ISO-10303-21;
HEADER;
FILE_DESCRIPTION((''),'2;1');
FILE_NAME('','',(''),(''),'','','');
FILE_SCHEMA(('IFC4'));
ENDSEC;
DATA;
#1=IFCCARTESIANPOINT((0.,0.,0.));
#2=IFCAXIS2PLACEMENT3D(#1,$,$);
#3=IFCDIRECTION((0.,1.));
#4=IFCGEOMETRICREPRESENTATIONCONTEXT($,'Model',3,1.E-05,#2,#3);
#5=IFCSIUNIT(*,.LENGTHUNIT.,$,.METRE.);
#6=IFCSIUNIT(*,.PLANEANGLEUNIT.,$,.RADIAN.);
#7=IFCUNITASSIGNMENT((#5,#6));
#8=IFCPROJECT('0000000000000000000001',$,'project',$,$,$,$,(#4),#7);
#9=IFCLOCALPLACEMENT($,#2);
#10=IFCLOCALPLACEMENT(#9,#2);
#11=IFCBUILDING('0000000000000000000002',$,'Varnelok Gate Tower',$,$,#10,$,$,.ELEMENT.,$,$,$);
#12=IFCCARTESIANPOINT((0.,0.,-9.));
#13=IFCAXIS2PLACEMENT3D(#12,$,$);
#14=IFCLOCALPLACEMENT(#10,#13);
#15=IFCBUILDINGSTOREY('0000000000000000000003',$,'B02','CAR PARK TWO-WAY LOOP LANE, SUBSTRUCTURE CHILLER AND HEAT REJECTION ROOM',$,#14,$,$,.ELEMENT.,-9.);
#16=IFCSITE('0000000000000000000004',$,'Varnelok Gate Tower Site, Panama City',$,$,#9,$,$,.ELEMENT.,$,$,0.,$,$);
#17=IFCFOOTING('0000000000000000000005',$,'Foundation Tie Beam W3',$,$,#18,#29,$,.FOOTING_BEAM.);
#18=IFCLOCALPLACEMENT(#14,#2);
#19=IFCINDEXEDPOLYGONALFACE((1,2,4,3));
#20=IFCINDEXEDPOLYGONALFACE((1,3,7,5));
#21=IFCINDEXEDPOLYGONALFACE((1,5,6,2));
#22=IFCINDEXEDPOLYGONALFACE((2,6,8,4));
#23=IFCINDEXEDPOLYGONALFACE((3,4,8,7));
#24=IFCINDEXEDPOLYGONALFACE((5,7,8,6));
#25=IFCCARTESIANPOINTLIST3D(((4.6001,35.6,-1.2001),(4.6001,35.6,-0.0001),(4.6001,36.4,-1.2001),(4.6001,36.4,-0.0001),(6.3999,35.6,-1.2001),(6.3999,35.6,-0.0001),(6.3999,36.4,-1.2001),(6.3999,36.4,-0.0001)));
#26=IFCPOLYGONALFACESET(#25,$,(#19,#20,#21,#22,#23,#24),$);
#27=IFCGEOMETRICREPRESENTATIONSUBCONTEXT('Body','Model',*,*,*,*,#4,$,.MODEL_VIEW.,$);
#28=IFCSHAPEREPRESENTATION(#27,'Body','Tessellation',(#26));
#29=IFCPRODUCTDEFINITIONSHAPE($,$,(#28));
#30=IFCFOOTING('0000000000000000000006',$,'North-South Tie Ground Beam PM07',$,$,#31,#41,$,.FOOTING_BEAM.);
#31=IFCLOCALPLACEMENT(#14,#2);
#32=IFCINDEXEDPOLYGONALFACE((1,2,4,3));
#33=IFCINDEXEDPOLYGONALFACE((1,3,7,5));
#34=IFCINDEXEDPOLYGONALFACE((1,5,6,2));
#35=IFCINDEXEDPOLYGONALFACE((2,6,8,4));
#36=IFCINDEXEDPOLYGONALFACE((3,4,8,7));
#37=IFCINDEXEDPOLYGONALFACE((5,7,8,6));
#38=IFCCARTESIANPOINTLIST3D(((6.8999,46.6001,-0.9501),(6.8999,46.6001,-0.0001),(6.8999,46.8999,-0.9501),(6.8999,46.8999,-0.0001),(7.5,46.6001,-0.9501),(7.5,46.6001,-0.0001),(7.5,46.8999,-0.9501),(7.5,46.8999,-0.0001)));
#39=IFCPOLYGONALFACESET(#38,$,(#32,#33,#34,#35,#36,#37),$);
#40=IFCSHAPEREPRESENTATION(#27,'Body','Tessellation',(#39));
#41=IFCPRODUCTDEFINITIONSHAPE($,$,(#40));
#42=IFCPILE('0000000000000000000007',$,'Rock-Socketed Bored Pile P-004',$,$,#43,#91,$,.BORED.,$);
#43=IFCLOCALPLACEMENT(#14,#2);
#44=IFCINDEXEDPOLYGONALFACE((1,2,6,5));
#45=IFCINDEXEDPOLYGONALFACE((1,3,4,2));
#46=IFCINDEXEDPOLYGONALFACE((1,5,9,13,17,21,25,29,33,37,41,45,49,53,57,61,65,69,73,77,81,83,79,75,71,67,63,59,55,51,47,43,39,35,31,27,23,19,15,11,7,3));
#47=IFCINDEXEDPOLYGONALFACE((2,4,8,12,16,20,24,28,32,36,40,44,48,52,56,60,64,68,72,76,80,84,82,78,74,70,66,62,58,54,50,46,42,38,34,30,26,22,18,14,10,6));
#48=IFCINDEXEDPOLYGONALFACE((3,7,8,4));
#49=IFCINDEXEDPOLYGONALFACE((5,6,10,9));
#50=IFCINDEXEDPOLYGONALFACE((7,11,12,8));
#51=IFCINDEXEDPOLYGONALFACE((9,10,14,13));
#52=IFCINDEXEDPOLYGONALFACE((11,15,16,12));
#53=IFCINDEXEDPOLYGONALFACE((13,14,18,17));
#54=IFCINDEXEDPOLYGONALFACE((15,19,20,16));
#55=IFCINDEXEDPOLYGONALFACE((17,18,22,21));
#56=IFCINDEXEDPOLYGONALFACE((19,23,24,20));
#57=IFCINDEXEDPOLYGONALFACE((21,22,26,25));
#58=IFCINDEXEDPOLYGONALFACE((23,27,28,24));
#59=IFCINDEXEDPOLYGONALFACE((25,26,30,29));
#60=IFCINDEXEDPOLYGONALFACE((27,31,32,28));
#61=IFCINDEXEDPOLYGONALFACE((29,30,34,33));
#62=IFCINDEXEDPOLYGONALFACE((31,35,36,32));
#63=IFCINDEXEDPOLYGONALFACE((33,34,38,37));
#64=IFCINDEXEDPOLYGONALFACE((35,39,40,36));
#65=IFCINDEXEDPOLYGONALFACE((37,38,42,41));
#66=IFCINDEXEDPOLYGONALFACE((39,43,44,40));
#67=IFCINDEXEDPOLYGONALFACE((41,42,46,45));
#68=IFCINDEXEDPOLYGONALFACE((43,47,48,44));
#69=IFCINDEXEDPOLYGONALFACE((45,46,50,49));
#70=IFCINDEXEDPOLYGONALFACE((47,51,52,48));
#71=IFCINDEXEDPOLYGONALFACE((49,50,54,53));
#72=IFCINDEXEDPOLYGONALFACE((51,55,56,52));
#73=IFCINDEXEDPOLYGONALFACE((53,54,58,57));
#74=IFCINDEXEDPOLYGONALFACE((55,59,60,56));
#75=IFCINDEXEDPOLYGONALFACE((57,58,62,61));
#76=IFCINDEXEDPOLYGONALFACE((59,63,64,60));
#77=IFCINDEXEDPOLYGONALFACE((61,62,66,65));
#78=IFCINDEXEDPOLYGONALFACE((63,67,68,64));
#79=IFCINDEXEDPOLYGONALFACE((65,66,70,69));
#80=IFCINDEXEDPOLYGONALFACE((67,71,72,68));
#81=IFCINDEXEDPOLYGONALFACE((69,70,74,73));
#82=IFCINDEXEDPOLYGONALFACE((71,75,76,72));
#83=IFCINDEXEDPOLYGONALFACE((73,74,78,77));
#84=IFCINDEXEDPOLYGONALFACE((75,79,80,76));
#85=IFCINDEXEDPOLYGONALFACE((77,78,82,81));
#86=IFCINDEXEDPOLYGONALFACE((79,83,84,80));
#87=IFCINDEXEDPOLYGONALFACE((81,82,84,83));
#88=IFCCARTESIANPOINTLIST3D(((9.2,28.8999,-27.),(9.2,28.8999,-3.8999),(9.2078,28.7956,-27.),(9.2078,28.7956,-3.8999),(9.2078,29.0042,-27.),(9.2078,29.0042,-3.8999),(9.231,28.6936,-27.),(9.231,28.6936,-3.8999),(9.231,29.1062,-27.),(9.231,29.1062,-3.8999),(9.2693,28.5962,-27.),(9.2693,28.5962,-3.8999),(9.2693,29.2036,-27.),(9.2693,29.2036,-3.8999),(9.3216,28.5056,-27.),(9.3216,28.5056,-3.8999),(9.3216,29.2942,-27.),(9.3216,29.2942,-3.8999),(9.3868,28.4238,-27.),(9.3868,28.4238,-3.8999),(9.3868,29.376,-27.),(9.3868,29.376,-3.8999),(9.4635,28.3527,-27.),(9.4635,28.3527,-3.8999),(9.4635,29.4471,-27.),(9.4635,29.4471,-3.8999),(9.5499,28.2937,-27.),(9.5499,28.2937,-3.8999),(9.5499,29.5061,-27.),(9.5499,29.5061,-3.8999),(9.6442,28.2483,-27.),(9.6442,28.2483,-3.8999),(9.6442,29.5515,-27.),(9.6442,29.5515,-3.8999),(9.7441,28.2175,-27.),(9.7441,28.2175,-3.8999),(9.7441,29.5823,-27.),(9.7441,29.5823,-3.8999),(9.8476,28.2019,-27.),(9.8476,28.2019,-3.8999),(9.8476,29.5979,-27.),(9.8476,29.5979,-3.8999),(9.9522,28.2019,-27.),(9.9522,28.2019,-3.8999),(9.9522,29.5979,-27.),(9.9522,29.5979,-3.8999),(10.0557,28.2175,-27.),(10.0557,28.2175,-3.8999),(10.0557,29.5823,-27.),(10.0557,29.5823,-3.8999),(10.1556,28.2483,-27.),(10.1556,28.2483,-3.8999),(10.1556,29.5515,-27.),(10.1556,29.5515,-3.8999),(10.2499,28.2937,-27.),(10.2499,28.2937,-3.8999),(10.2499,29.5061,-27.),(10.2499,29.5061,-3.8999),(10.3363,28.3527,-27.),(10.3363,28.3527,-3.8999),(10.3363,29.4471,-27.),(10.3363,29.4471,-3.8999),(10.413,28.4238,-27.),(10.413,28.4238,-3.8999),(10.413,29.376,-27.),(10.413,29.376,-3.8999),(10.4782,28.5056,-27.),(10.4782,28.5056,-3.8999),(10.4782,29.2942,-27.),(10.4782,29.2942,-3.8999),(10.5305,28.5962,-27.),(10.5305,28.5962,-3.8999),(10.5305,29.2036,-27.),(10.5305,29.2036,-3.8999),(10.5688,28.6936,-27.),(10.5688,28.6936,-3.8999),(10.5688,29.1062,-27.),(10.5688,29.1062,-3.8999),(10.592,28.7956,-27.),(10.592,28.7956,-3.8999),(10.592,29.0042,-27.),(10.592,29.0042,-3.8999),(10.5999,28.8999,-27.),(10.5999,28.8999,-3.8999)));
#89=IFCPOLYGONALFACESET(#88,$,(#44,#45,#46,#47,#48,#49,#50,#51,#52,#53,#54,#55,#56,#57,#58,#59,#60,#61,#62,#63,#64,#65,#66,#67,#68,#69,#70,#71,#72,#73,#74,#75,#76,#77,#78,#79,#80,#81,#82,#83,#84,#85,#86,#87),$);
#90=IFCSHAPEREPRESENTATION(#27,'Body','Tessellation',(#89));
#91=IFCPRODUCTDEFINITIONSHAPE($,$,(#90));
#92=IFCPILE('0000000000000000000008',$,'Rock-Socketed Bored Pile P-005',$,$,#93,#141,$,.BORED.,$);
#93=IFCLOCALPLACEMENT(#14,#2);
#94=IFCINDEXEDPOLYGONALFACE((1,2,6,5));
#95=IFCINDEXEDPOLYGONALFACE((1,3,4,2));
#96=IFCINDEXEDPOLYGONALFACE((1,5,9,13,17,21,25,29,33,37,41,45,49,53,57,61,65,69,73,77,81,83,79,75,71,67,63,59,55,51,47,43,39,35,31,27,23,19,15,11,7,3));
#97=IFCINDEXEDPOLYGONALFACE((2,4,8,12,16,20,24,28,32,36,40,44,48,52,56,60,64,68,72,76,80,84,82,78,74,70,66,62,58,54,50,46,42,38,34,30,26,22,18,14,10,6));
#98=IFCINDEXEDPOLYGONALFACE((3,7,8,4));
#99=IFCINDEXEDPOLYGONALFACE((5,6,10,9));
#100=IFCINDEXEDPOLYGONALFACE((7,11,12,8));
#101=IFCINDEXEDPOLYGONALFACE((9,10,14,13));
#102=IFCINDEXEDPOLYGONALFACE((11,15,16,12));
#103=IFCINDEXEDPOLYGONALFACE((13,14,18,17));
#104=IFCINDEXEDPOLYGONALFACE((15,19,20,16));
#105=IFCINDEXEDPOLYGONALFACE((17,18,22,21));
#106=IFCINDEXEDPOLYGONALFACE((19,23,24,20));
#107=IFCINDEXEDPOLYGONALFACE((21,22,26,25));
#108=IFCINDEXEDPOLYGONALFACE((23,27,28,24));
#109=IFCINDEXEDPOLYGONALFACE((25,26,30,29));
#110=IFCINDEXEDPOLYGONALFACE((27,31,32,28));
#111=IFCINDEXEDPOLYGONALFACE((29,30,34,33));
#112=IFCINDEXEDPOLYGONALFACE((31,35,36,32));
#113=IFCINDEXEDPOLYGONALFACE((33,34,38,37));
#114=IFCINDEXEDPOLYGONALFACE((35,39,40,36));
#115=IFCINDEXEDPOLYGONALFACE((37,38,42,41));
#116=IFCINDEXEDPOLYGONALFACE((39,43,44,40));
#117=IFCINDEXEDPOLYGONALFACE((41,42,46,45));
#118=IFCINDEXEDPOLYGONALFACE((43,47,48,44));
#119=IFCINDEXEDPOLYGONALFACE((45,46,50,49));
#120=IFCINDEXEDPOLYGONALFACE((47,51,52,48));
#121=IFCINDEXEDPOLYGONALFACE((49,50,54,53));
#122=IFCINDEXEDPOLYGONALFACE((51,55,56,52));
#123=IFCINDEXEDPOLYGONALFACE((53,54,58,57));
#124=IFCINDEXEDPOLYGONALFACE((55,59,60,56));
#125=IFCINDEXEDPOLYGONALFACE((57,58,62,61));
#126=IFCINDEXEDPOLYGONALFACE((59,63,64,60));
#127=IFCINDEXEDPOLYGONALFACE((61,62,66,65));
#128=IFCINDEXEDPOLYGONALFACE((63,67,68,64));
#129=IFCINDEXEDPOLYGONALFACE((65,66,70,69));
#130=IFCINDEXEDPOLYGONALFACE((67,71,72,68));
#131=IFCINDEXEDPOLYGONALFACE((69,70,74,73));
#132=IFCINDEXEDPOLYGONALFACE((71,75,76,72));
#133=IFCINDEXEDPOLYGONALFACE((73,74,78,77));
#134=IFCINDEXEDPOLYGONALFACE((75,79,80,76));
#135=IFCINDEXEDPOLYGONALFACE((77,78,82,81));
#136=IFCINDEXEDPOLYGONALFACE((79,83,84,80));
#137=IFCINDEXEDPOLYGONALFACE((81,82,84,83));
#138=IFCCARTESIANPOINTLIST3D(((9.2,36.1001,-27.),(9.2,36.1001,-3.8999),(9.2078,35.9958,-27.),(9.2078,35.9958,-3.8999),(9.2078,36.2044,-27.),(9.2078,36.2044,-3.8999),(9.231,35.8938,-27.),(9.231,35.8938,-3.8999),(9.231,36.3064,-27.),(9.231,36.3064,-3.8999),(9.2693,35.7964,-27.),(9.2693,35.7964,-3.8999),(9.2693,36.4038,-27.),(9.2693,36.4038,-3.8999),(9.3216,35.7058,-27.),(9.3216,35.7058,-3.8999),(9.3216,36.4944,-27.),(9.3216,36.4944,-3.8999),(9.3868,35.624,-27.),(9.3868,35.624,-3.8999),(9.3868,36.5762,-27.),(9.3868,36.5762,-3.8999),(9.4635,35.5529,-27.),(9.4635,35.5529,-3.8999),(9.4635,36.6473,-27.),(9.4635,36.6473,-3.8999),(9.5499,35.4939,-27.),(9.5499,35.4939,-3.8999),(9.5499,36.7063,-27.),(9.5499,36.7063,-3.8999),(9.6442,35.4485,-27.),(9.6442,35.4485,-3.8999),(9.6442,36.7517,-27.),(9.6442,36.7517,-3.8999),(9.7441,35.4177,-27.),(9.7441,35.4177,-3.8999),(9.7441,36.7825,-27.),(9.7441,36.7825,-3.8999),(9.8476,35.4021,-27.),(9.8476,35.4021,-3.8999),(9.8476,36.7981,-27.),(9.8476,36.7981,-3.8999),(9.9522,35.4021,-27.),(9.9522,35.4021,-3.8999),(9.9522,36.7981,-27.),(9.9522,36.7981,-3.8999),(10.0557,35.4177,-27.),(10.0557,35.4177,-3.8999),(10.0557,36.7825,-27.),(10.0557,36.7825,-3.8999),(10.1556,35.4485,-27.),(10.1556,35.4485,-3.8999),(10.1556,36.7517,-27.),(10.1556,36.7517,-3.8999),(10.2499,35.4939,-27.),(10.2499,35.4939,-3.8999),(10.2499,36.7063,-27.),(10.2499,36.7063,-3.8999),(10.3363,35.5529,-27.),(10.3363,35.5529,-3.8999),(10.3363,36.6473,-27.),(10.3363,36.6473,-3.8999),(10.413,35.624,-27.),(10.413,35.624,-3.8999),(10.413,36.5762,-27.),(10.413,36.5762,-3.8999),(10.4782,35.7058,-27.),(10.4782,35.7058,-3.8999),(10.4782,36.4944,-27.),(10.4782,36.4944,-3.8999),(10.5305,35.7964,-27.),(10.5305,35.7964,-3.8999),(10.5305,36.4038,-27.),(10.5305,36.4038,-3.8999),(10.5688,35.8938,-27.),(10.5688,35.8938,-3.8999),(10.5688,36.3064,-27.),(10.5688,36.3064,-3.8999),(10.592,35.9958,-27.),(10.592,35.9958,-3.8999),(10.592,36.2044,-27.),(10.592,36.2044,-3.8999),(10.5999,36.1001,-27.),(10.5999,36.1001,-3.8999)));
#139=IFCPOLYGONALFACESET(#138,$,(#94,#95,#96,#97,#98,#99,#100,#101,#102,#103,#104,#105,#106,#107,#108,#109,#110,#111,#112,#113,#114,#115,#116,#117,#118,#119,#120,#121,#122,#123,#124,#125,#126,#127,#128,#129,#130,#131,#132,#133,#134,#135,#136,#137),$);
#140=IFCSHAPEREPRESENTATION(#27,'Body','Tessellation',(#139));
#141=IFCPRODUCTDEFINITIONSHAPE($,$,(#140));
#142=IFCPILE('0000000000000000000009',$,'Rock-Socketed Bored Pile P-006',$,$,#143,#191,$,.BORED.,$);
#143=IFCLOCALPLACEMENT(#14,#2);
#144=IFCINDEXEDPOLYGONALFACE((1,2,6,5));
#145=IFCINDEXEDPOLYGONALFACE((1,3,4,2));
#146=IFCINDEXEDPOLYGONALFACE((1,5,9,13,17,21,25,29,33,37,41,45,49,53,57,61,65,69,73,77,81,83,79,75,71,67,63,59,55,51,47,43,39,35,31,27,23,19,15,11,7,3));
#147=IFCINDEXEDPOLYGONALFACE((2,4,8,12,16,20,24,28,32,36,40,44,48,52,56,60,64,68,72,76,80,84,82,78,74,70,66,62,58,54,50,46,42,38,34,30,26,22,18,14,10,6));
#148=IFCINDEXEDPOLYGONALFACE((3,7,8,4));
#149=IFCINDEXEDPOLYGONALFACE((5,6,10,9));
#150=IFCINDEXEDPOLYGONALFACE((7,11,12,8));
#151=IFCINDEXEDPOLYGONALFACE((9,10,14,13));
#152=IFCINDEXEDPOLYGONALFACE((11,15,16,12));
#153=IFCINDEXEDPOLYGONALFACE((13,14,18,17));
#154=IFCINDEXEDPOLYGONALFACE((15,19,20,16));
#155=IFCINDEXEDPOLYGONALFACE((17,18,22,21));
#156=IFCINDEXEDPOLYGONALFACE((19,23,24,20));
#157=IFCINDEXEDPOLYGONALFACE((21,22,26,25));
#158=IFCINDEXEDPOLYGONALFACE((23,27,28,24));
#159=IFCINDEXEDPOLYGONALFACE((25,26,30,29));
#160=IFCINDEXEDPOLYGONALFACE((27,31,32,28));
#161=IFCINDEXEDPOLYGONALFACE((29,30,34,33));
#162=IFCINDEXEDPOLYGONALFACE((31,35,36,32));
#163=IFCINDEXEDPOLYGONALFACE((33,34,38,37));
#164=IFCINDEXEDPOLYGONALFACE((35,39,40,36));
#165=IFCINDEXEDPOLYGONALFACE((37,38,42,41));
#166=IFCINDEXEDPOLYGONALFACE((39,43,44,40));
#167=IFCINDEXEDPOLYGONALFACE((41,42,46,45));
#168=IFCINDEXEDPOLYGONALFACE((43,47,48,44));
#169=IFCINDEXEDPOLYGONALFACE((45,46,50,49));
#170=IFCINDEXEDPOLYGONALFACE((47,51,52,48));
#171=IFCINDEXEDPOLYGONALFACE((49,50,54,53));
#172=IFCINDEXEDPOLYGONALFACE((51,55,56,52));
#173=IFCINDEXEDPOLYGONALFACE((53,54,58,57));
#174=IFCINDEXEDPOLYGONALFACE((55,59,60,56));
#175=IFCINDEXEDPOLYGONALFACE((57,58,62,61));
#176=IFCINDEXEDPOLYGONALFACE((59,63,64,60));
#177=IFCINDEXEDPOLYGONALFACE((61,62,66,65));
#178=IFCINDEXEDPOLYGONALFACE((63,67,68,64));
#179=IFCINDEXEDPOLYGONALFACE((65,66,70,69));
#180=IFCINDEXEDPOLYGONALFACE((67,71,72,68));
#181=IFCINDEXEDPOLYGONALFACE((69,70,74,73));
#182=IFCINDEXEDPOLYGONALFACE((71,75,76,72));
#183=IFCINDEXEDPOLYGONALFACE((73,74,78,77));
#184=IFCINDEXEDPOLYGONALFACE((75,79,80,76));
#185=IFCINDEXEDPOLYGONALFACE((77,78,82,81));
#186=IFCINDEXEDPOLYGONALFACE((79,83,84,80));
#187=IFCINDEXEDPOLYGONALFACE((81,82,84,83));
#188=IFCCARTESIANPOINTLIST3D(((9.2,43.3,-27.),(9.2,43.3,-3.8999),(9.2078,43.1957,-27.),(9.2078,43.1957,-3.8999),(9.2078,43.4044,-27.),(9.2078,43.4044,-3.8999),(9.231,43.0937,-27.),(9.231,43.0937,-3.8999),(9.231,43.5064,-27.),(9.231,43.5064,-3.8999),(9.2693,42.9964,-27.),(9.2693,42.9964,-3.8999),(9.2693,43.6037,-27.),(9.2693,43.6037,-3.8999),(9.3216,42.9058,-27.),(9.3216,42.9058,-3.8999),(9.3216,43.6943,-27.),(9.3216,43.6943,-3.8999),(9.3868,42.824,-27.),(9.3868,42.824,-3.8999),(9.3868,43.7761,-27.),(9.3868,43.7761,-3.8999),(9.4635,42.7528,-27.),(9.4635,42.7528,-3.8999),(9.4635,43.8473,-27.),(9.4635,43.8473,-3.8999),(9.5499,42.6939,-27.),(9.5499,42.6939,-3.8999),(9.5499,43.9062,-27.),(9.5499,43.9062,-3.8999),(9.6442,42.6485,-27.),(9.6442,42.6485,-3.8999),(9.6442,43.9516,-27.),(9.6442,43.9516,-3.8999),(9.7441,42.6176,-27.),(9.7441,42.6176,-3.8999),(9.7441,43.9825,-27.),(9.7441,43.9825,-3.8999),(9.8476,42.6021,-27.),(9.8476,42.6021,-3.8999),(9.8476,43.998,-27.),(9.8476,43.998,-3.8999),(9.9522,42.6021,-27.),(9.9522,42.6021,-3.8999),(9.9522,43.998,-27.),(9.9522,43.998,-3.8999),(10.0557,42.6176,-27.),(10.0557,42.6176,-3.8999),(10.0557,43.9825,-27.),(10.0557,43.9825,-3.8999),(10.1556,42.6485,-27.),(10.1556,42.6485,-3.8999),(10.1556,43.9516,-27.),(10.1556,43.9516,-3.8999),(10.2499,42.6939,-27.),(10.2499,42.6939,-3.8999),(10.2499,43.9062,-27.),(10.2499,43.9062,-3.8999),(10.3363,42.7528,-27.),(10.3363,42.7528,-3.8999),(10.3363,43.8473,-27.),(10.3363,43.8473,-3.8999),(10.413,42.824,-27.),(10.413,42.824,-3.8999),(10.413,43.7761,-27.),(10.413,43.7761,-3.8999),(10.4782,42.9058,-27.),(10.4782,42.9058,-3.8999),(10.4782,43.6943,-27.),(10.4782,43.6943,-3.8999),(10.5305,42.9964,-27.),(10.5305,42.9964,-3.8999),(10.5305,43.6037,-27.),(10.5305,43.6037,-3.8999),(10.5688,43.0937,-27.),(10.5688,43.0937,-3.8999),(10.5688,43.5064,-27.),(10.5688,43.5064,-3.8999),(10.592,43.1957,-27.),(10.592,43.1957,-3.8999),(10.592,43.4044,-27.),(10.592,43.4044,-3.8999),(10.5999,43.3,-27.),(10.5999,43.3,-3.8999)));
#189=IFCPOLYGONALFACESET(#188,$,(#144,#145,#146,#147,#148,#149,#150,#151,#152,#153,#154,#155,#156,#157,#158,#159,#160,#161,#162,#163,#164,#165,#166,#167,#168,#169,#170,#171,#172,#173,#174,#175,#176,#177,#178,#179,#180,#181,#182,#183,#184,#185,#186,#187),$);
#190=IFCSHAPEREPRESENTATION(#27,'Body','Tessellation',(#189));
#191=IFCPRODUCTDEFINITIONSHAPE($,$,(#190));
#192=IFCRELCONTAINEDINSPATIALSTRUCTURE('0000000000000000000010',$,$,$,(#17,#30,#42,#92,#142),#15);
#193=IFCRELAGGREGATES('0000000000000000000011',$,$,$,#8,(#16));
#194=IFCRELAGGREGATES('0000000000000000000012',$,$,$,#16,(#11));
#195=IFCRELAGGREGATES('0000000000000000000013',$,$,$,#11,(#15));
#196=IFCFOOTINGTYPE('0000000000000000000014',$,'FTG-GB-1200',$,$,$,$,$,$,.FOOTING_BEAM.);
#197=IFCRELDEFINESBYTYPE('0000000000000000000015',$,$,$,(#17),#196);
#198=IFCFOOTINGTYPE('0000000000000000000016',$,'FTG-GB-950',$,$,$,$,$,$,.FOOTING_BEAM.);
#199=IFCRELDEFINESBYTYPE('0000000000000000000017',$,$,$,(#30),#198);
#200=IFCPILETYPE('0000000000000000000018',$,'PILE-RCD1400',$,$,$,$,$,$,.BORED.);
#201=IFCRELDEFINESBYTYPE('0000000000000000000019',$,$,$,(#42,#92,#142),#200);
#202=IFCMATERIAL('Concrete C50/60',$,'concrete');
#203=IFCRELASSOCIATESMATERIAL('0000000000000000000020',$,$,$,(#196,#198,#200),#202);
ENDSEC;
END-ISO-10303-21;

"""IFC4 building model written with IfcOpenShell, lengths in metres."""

from ifc_helpers import new_model, si_unit, direction, frame, origin, origin_2d, place, context, subcontext, project, spatial, rectangle, circle, extrude, material, material_profile, profile_set, type_object, element, save


model = new_model("IFC4")

# Units and contexts
model_context = context("Model", 3, precision=1e-05, world=origin(), true_north=direction((0.0, 1.0)))
body_context = subcontext(model_context, "Body", "Model", "MODEL_VIEW")
ifc_project = project(units=[si_unit("LENGTHUNIT", "METRE"), si_unit("PLANEANGLEUNIT", "RADIAN")], contexts=[model_context])

# Site, building, storey
site_placement = place(None, origin())
site = spatial("IfcSite", under=ifc_project, at=site_placement, Name="Varnelok Gate Tower Site, Panama City", CompositionType="ELEMENT", RefElevation=0.0)
building_placement = place(site_placement, origin())
building = spatial("IfcBuilding", under=site, at=building_placement, Name="Varnelok Gate Tower", CompositionType="ELEMENT")
storey_placement = place(building_placement, frame((0.0, 0.0, -9.0)))
storey = spatial("IfcBuildingStorey", under=building, at=storey_placement, Name="B02", Description="CAR PARK TWO-WAY LOOP LANE, SUBSTRUCTURE CHILLER AND HEAT REJECTION ROOM", CompositionType="ELEMENT", Elevation=-9.0)

# Footings
ifc_material_1 = material(Name="Concrete C50/60", Category="concrete")
ifc_material_profile_1 = material_profile(ifc_material_1, rectangle(XDim=0.8, YDim=1.2, at=origin_2d()), Name="RC1200X800")
ifc_profile_set_1 = profile_set([ifc_material_profile_1], Name="Concrete C50/60")
footing_type_1 = type_object("IfcFootingType", Name="FTG-GB-1200", PredefinedType="FOOTING_BEAM", material=ifc_profile_set_1)
footing_1_placement = place(storey_placement, frame((4.6001, 36.0, -0.6001), z_axis=(1.0, 0.0, 0.0), x_axis=(0.0, 1.0, 0.0)))
element("IfcFooting", 1, at=footing_1_placement, inside=storey, type_object=footing_type_1, Name="Foundation Tie Beam W3", PredefinedType="FOOTING_BEAM", context=body_context, shape_type="SweptSolid", body=[
    extrude(rectangle(XDim=0.8, YDim=1.2, at=origin_2d()), origin(), (0.0, 0.0, 1.0), 1.7998),
])
ifc_material_profile_2 = material_profile(ifc_material_1, rectangle(XDim=0.6001, YDim=0.95, at=origin_2d()), Name="RC950X600")
ifc_profile_set_2 = profile_set([ifc_material_profile_2], Name="Concrete C50/60")
footing_type_2 = type_object("IfcFootingType", Name="FTG-GB-950", PredefinedType="FOOTING_BEAM", material=ifc_profile_set_2)
footing_2_placement = place(storey_placement, frame((7.2, 46.6001, -0.4751), z_axis=(0.0, 1.0, 0.0), x_axis=(-1.0, 0.0, 0.0)))
element("IfcFooting", 2, at=footing_2_placement, inside=storey, type_object=footing_type_2, Name="North-South Tie Ground Beam PM07", PredefinedType="FOOTING_BEAM", context=body_context, shape_type="SweptSolid", body=[
    extrude(rectangle(XDim=0.6001, YDim=0.95, at=origin_2d()), origin(), (0.0, 0.0, 1.0), 0.2998),
])

# Piles
ifc_material_profile_3 = material_profile(ifc_material_1, circle(Radius=0.7, at=origin_2d()), Name="RCD1400")
ifc_profile_set_3 = profile_set([ifc_material_profile_3], Name="Concrete C50/60")
pile_type = type_object("IfcPileType", Name="PILE-RCD1400", PredefinedType="BORED", material=ifc_profile_set_3)
for number, where, z_axis, x_axis, name in (
    (3, (9.8999, 28.8999, -3.8999), (0.0, 0.0, -1.0), (1.0, 0.0, 0.0), "Rock-Socketed Bored Pile P-004"),
    (4, (9.8999, 36.1001, -3.8999), (0.0, 0.0, -1.0), (1.0, 0.0, 0.0), "Rock-Socketed Bored Pile P-005"),
    (5, (9.8999, 43.3, -3.8999), (0.0, 0.0, -1.0), (1.0, 0.0, 0.0), "Rock-Socketed Bored Pile P-006"),
):
    element("IfcPile", number, at=place(storey_placement, frame(where, z_axis=z_axis, x_axis=x_axis)), inside=storey, type_object=pile_type, Name=name, PredefinedType="BORED", context=body_context, shape_type="SweptSolid", body=[
        extrude(circle(Radius=0.7, at=origin_2d()), origin(), (0.0, 0.0, 1.0), 23.1001),
    ])

save(model, "model.ifc")
